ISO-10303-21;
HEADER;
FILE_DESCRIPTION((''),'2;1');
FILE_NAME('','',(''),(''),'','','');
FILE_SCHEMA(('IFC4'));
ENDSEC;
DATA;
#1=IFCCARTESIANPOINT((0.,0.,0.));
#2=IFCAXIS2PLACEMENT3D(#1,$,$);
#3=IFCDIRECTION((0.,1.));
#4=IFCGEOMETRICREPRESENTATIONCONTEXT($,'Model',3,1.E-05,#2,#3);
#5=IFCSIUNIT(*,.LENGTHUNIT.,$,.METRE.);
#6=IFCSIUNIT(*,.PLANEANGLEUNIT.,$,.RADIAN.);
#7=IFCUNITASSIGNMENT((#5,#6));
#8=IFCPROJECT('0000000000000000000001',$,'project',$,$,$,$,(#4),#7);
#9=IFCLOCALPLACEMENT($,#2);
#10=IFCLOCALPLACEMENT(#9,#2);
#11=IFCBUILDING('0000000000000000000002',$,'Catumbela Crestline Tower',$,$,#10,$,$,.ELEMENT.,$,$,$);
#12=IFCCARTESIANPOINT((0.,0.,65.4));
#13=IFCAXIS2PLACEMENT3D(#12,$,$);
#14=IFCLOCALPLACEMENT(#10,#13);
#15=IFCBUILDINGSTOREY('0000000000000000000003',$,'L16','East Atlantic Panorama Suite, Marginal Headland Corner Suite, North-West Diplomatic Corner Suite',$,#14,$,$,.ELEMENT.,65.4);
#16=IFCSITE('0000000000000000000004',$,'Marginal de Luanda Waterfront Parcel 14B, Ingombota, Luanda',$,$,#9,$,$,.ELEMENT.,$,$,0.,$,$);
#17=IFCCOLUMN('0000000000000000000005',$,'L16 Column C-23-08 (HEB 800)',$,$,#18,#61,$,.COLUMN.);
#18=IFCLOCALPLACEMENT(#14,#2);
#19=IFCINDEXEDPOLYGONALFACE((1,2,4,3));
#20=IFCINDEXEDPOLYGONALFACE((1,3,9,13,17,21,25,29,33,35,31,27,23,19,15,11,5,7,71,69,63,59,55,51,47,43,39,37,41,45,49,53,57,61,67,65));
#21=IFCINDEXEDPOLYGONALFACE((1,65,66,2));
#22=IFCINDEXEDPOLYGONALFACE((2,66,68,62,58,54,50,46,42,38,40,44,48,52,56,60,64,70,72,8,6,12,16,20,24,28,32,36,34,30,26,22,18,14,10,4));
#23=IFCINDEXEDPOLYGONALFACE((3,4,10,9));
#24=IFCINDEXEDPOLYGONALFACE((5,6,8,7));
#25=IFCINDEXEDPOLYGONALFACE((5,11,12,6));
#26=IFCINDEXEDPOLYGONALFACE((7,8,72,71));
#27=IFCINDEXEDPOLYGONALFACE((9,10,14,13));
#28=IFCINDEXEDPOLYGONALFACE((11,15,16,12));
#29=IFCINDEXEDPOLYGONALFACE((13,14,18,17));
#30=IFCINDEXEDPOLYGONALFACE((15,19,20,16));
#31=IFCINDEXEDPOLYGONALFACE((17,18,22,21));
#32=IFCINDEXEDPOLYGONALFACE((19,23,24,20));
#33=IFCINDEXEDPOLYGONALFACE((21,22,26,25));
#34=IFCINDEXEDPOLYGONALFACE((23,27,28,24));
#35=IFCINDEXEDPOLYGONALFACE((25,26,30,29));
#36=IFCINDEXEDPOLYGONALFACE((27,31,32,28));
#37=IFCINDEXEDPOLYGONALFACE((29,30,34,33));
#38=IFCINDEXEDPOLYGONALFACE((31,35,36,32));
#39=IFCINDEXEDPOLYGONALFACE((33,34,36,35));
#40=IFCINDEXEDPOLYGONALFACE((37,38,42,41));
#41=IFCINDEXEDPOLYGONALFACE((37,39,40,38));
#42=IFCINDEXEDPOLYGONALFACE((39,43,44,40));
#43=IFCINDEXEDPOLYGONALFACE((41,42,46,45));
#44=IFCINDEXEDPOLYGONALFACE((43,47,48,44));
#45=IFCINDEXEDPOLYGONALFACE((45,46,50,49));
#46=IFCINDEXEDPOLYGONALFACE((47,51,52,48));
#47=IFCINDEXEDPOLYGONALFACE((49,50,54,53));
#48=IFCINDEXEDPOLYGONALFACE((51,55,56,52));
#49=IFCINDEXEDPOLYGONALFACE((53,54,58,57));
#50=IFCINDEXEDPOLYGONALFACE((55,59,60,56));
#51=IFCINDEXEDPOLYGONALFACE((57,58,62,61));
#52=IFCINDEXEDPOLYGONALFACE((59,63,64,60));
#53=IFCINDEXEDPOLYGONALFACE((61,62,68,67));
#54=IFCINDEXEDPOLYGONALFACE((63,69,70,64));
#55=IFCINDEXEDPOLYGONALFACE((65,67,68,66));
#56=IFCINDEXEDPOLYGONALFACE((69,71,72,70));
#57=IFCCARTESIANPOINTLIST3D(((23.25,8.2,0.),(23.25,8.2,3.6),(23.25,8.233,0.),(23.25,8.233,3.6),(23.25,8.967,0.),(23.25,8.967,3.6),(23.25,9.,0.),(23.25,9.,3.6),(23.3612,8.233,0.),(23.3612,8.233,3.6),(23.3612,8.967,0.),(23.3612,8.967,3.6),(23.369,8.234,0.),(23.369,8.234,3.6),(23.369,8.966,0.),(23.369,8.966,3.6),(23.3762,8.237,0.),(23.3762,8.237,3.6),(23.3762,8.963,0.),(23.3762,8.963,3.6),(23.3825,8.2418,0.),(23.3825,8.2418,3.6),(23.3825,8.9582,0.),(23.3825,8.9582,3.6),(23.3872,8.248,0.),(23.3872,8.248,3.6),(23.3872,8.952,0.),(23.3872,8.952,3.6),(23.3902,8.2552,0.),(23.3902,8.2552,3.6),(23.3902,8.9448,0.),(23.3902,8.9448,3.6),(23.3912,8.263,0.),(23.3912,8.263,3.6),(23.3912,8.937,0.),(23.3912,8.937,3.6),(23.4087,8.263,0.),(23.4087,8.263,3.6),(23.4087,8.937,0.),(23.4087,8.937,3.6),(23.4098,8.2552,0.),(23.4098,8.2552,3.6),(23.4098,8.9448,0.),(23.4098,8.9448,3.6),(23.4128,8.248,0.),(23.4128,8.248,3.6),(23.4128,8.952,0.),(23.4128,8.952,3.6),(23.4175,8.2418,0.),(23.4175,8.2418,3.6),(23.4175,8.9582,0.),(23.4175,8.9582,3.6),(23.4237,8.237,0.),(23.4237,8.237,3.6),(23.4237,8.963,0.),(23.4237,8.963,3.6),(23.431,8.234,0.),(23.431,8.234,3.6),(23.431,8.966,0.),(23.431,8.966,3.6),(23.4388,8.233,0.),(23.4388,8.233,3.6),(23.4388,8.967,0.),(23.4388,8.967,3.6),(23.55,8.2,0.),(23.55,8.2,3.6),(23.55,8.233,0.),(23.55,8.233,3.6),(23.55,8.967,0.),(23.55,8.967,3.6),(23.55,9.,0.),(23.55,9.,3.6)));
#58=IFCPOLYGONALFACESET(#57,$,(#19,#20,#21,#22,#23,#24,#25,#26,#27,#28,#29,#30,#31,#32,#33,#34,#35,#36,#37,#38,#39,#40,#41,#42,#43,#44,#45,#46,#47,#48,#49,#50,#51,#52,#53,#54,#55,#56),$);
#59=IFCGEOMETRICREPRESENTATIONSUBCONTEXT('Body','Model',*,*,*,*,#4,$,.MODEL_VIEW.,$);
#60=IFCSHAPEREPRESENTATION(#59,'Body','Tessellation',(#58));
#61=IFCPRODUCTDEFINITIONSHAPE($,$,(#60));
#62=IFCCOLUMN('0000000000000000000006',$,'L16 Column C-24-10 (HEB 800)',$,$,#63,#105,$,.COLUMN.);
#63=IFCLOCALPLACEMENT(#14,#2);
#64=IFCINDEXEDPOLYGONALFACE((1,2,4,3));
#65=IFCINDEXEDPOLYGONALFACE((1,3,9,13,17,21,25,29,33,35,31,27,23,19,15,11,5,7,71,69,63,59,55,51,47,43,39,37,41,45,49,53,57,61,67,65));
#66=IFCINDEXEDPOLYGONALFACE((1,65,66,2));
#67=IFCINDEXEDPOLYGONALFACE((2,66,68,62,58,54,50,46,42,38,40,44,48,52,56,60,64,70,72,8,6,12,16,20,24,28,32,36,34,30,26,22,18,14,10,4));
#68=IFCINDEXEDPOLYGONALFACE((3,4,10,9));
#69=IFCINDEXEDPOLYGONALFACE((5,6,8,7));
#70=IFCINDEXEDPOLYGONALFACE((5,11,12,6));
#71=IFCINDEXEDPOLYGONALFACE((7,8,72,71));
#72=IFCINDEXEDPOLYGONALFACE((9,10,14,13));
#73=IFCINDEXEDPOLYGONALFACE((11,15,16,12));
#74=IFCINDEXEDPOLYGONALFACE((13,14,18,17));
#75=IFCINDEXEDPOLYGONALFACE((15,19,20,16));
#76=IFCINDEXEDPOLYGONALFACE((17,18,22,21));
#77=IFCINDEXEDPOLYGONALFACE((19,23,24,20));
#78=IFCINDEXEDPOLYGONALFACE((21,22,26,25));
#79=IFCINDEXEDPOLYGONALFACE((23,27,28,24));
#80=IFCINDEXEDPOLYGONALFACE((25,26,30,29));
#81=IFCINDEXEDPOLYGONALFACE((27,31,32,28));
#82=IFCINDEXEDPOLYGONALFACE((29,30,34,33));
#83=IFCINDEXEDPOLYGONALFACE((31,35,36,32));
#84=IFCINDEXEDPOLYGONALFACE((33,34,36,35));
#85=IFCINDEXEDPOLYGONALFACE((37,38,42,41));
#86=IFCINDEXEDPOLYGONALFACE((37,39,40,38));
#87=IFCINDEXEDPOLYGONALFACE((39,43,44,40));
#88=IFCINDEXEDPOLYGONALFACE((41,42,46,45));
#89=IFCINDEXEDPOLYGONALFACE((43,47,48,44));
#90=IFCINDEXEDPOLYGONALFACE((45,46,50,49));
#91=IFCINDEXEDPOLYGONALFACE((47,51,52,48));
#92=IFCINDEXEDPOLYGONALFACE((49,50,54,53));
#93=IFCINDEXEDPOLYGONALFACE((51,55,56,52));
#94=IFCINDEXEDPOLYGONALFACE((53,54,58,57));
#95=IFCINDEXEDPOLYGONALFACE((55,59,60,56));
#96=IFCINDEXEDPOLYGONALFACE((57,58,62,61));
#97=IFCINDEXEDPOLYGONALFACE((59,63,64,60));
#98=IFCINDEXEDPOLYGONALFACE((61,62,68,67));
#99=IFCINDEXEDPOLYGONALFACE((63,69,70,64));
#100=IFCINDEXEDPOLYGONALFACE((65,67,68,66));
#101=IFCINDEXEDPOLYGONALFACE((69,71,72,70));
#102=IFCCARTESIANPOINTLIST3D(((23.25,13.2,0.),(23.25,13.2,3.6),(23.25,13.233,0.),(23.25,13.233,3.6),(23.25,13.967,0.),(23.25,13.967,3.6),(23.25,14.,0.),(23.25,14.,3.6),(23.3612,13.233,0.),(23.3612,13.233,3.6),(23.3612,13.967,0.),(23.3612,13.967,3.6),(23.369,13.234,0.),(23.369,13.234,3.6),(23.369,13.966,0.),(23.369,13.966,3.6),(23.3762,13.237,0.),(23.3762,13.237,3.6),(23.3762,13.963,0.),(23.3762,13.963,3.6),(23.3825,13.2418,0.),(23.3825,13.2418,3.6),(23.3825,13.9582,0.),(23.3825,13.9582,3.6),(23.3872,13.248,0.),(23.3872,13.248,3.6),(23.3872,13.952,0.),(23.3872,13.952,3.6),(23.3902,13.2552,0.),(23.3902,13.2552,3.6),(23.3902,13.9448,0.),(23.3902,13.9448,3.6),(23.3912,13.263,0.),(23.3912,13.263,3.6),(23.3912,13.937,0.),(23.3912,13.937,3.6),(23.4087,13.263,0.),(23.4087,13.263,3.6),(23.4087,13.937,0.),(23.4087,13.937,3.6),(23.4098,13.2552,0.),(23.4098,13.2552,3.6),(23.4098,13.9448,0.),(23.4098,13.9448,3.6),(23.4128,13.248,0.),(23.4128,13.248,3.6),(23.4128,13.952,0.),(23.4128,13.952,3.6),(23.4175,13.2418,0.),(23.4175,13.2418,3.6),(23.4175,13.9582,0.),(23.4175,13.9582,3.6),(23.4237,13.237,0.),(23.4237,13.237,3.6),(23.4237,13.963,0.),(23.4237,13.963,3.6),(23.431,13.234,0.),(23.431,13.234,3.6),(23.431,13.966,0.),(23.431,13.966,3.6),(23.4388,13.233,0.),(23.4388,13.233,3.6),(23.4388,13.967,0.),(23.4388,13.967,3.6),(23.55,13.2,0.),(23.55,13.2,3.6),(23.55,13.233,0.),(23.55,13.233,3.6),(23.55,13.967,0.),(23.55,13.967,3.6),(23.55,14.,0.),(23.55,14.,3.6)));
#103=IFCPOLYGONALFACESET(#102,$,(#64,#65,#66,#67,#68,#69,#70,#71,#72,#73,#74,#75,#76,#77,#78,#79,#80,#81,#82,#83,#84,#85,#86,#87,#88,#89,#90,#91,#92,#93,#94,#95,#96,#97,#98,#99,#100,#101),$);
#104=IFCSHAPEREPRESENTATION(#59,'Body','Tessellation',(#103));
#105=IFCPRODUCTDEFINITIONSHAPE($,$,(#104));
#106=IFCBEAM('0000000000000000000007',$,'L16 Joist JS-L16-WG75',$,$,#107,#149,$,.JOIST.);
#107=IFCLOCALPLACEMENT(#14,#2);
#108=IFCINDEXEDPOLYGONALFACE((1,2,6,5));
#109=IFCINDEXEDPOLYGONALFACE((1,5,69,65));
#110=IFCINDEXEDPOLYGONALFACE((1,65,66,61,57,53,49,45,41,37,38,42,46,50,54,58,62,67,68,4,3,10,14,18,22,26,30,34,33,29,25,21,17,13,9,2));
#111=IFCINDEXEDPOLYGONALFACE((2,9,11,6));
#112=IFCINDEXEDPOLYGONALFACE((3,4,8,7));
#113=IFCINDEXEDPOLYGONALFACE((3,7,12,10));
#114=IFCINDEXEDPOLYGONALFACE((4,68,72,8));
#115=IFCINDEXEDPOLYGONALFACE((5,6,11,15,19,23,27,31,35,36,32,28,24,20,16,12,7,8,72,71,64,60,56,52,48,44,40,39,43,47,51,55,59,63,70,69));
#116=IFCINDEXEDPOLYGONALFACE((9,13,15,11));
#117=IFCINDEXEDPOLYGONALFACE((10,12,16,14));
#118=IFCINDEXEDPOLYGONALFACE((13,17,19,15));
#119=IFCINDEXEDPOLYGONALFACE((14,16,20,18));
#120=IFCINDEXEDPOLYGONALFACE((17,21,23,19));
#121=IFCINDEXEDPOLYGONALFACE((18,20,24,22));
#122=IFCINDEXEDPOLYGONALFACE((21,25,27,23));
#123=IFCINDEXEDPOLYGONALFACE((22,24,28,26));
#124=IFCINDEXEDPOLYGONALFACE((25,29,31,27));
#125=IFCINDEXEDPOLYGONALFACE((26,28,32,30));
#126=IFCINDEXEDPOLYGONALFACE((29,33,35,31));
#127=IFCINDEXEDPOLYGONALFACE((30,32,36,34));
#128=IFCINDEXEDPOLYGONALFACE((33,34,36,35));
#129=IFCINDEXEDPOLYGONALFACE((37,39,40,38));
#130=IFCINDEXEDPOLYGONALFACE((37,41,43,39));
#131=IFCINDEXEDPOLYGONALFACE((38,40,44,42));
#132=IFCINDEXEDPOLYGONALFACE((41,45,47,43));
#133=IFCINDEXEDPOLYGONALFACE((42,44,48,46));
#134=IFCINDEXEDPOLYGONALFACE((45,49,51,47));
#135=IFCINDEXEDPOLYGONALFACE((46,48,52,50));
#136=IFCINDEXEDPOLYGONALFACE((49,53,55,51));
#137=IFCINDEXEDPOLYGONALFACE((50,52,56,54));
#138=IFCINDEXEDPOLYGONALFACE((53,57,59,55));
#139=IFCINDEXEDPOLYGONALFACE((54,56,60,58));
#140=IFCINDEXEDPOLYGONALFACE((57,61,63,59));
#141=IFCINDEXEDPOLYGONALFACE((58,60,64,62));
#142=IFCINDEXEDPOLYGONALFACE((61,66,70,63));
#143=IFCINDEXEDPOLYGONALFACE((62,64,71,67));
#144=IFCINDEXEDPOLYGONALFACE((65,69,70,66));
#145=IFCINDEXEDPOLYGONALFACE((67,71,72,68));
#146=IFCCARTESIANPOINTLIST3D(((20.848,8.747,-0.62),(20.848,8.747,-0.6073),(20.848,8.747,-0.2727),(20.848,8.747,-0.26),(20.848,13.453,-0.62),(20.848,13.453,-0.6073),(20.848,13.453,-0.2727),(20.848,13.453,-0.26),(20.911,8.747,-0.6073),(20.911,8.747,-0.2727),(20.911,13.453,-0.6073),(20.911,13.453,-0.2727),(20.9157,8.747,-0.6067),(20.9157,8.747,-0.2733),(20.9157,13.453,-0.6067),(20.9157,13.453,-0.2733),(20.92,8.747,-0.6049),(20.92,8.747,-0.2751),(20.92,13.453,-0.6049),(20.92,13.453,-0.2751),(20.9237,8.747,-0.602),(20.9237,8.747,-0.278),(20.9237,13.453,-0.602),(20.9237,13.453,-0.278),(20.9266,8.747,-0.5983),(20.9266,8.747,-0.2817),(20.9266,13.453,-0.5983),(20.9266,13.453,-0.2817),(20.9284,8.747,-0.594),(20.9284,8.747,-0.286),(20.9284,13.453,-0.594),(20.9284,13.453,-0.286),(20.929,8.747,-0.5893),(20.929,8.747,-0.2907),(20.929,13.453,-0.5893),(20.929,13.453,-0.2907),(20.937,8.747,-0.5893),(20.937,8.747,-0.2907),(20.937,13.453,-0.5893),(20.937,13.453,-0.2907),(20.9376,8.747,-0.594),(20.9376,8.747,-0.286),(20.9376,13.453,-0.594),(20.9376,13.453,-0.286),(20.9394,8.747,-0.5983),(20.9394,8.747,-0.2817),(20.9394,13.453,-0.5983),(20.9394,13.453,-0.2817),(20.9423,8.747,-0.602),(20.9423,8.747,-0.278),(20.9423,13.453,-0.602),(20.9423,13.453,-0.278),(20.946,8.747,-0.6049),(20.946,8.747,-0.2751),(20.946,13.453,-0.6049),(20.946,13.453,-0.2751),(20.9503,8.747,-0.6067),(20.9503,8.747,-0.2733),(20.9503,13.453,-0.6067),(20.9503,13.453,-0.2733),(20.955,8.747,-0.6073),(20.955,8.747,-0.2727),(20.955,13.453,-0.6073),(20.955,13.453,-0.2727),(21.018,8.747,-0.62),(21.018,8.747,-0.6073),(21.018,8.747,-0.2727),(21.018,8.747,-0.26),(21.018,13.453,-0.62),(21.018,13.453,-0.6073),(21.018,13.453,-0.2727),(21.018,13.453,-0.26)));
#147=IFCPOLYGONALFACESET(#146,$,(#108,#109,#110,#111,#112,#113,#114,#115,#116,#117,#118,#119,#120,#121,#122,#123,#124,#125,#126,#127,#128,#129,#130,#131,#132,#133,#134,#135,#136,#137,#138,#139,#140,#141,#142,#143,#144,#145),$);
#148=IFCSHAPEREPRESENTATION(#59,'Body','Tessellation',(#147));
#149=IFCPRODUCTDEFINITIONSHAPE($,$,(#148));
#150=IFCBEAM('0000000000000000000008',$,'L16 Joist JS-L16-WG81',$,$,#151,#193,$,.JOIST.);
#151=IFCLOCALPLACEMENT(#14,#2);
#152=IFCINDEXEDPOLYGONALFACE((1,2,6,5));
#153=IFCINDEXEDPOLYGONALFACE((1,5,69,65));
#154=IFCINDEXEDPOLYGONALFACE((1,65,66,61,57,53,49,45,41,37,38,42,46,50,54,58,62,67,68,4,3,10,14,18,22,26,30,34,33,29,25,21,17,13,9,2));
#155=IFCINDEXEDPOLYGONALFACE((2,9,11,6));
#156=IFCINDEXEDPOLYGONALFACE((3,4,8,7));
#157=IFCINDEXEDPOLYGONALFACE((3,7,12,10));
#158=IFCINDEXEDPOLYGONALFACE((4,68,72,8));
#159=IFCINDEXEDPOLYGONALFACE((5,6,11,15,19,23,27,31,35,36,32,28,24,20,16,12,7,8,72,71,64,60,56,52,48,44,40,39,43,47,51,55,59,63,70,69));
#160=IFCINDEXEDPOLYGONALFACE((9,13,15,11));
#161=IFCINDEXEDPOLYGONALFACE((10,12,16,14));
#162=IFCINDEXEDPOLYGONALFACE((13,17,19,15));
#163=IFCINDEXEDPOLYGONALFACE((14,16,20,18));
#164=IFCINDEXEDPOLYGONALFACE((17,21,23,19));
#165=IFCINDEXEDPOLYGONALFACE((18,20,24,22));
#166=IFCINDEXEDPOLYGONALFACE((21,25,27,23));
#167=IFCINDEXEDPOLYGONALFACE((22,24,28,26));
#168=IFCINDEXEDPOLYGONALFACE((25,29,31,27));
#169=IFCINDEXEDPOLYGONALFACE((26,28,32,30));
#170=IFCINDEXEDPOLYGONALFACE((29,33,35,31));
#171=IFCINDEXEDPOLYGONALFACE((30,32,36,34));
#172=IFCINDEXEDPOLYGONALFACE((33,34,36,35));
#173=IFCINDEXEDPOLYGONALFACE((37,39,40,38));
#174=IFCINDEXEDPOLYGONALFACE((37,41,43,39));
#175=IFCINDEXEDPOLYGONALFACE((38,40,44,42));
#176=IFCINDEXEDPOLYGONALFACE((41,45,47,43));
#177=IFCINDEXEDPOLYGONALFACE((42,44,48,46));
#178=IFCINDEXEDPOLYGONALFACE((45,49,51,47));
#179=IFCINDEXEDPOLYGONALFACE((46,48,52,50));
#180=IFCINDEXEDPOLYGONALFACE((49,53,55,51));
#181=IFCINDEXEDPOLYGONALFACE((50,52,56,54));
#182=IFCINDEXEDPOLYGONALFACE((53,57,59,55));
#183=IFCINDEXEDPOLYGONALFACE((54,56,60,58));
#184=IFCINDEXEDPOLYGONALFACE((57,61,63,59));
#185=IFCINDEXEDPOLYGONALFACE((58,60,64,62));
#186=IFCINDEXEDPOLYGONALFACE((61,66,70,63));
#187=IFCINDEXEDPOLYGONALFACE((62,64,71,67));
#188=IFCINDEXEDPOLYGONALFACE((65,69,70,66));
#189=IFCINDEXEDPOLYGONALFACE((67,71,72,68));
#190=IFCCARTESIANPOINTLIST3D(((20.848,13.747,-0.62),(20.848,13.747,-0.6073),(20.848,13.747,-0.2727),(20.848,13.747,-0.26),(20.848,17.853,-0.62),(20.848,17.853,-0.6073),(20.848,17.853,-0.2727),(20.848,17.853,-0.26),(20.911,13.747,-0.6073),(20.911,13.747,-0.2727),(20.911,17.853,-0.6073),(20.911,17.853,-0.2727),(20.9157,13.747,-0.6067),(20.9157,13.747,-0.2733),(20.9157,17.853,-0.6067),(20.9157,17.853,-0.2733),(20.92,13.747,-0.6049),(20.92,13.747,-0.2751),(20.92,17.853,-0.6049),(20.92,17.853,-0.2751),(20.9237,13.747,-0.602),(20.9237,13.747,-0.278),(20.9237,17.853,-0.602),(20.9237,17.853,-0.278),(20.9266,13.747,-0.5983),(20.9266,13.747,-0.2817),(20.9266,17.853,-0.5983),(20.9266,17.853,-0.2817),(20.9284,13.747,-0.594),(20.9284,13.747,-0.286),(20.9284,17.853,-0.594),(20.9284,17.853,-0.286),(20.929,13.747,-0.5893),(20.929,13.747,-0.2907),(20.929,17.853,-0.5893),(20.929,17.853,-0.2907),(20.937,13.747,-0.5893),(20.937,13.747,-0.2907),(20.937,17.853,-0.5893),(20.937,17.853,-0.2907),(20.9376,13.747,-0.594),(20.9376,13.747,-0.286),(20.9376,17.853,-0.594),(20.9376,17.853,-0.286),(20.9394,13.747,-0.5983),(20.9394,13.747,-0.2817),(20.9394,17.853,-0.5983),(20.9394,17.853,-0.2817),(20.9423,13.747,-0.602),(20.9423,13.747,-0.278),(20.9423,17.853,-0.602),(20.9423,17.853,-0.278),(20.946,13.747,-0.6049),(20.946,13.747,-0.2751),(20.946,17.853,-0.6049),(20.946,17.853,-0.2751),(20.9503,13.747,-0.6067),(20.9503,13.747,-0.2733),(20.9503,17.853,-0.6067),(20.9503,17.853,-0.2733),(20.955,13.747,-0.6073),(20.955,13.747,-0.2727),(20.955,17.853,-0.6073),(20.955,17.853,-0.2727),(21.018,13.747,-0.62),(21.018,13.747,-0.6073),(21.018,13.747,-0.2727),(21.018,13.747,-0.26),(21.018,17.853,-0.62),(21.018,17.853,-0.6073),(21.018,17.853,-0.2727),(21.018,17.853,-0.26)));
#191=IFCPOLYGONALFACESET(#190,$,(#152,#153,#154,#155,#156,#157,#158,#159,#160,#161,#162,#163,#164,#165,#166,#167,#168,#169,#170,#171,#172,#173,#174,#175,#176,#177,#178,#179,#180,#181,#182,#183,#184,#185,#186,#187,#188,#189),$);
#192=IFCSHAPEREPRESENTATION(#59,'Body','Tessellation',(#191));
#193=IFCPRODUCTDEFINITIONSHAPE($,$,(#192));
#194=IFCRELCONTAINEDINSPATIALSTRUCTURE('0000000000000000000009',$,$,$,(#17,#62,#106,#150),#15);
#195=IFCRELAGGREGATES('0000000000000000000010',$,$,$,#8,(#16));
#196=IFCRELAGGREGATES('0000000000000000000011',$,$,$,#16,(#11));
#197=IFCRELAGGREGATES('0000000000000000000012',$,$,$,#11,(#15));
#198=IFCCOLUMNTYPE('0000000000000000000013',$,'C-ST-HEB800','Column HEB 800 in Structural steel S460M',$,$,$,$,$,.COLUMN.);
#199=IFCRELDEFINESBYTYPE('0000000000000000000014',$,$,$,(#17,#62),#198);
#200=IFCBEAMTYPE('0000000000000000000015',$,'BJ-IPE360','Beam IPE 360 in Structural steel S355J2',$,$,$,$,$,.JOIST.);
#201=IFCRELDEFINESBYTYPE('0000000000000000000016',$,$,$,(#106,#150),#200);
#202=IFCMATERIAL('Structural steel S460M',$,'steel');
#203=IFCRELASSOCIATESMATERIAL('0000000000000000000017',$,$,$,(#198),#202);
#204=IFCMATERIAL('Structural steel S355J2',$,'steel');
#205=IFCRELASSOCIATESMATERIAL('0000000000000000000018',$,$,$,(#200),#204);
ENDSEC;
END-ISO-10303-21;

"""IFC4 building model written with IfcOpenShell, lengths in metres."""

from ifc_helpers import new_model, si_unit, direction, frame, origin, origin_2d, place, context, subcontext, project, spatial, i_section, extrude, material, material_profile, profile_set, type_object, element, save


model = new_model("IFC4")

# Units and contexts
model_context = context("Model", 3, precision=1e-05, world=origin(), true_north=direction((0.0, 1.0)))
body_context = subcontext(model_context, "Body", "Model", "MODEL_VIEW")
ifc_project = project(units=[si_unit("LENGTHUNIT", "METRE"), si_unit("PLANEANGLEUNIT", "RADIAN")], contexts=[model_context])

# Site, building, storey
site_placement = place(None, origin())
site = spatial("IfcSite", under=ifc_project, at=site_placement, Name="Marginal de Luanda Waterfront Parcel 14B, Ingombota, Luanda", CompositionType="ELEMENT", RefElevation=0.0)
building_placement = place(site_placement, origin())
building = spatial("IfcBuilding", under=site, at=building_placement, Name="Catumbela Crestline Tower", CompositionType="ELEMENT")
storey_placement = place(building_placement, frame((0.0, 0.0, 65.4)))
storey = spatial("IfcBuildingStorey", under=building, at=storey_placement, Name="L16", Description="East Atlantic Panorama Suite, Marginal Headland Corner Suite, North-West Diplomatic Corner Suite", CompositionType="ELEMENT", Elevation=65.4)

# Columns
ifc_material_1 = material(Name="Structural steel S460M", Category="steel")
ifc_material_profile_1 = material_profile(ifc_material_1, i_section(OverallWidth=0.3, OverallDepth=0.8, WebThickness=0.0175, FlangeThickness=0.033, FilletRadius=0.03, at=origin_2d()), Name="HEB 800")
ifc_profile_set_1 = profile_set([ifc_material_profile_1], Name="Structural steel S460M")
column_type = type_object("IfcColumnType", Name="C-ST-HEB800", Description="Column HEB 800 in Structural steel S460M", PredefinedType="COLUMN", material=ifc_profile_set_1)
for number, where, z_axis, x_axis, name in (
    (1, (23.4, 8.6, 0.0), (0.0, 0.0, 1.0), (1.0, 0.0, 0.0), "L16 Column C-23-08 (HEB 800)"),
    (2, (23.4, 13.6, 0.0), (0.0, 0.0, 1.0), (1.0, 0.0, 0.0), "L16 Column C-24-10 (HEB 800)"),
):
    element("IfcColumn", number, at=place(storey_placement, frame(where, z_axis=z_axis, x_axis=x_axis)), inside=storey, type_object=column_type, Name=name, PredefinedType="COLUMN", context=body_context, shape_type="SweptSolid", body=[
        extrude(i_section(OverallWidth=0.3, OverallDepth=0.8, WebThickness=0.0175, FlangeThickness=0.033, FilletRadius=0.03, at=origin_2d()), origin(), (0.0, 0.0, 1.0), 3.6),
    ])

# Beams
ifc_material_2 = material(Name="Structural steel S355J2", Category="steel")
ifc_material_profile_2 = material_profile(ifc_material_2, i_section(OverallWidth=0.17, OverallDepth=0.36, WebThickness=0.008, FlangeThickness=0.0127, FilletRadius=0.018, at=origin_2d()), Name="IPE 360")
ifc_profile_set_2 = profile_set([ifc_material_profile_2], Name="Structural steel S355J2")
beam_type_1 = type_object("IfcBeamType", Name="BJ-IPE360", Description="Beam IPE 360 in Structural steel S355J2", PredefinedType="JOIST", material=ifc_profile_set_2)
beam_1_placement = place(storey_placement, frame((20.933, 8.747, -0.44), z_axis=(0.0, 1.0, 0.0), x_axis=(-1.0, 0.0, 0.0)))
element("IfcBeam", 3, at=beam_1_placement, inside=storey, type_object=beam_type_1, Name="L16 Joist JS-L16-WG75", PredefinedType="JOIST", context=body_context, shape_type="SweptSolid", body=[
    extrude(i_section(OverallWidth=0.17, OverallDepth=0.36, WebThickness=0.008, FlangeThickness=0.0127, FilletRadius=0.018, at=origin_2d()), origin(), (0.0, 0.0, 1.0), 4.706),
])
beam_2_placement = place(storey_placement, frame((20.933, 13.747, -0.44), z_axis=(0.0, 1.0, 0.0), x_axis=(-1.0, 0.0, 0.0)))
element("IfcBeam", 4, at=beam_2_placement, inside=storey, type_object=beam_type_1, Name="L16 Joist JS-L16-WG81", PredefinedType="JOIST", context=body_context, shape_type="SweptSolid", body=[
    extrude(i_section(OverallWidth=0.17, OverallDepth=0.36, WebThickness=0.008, FlangeThickness=0.0127, FilletRadius=0.018, at=origin_2d()), origin(), (0.0, 0.0, 1.0), 4.106),
])

save(model, "model.ifc")
